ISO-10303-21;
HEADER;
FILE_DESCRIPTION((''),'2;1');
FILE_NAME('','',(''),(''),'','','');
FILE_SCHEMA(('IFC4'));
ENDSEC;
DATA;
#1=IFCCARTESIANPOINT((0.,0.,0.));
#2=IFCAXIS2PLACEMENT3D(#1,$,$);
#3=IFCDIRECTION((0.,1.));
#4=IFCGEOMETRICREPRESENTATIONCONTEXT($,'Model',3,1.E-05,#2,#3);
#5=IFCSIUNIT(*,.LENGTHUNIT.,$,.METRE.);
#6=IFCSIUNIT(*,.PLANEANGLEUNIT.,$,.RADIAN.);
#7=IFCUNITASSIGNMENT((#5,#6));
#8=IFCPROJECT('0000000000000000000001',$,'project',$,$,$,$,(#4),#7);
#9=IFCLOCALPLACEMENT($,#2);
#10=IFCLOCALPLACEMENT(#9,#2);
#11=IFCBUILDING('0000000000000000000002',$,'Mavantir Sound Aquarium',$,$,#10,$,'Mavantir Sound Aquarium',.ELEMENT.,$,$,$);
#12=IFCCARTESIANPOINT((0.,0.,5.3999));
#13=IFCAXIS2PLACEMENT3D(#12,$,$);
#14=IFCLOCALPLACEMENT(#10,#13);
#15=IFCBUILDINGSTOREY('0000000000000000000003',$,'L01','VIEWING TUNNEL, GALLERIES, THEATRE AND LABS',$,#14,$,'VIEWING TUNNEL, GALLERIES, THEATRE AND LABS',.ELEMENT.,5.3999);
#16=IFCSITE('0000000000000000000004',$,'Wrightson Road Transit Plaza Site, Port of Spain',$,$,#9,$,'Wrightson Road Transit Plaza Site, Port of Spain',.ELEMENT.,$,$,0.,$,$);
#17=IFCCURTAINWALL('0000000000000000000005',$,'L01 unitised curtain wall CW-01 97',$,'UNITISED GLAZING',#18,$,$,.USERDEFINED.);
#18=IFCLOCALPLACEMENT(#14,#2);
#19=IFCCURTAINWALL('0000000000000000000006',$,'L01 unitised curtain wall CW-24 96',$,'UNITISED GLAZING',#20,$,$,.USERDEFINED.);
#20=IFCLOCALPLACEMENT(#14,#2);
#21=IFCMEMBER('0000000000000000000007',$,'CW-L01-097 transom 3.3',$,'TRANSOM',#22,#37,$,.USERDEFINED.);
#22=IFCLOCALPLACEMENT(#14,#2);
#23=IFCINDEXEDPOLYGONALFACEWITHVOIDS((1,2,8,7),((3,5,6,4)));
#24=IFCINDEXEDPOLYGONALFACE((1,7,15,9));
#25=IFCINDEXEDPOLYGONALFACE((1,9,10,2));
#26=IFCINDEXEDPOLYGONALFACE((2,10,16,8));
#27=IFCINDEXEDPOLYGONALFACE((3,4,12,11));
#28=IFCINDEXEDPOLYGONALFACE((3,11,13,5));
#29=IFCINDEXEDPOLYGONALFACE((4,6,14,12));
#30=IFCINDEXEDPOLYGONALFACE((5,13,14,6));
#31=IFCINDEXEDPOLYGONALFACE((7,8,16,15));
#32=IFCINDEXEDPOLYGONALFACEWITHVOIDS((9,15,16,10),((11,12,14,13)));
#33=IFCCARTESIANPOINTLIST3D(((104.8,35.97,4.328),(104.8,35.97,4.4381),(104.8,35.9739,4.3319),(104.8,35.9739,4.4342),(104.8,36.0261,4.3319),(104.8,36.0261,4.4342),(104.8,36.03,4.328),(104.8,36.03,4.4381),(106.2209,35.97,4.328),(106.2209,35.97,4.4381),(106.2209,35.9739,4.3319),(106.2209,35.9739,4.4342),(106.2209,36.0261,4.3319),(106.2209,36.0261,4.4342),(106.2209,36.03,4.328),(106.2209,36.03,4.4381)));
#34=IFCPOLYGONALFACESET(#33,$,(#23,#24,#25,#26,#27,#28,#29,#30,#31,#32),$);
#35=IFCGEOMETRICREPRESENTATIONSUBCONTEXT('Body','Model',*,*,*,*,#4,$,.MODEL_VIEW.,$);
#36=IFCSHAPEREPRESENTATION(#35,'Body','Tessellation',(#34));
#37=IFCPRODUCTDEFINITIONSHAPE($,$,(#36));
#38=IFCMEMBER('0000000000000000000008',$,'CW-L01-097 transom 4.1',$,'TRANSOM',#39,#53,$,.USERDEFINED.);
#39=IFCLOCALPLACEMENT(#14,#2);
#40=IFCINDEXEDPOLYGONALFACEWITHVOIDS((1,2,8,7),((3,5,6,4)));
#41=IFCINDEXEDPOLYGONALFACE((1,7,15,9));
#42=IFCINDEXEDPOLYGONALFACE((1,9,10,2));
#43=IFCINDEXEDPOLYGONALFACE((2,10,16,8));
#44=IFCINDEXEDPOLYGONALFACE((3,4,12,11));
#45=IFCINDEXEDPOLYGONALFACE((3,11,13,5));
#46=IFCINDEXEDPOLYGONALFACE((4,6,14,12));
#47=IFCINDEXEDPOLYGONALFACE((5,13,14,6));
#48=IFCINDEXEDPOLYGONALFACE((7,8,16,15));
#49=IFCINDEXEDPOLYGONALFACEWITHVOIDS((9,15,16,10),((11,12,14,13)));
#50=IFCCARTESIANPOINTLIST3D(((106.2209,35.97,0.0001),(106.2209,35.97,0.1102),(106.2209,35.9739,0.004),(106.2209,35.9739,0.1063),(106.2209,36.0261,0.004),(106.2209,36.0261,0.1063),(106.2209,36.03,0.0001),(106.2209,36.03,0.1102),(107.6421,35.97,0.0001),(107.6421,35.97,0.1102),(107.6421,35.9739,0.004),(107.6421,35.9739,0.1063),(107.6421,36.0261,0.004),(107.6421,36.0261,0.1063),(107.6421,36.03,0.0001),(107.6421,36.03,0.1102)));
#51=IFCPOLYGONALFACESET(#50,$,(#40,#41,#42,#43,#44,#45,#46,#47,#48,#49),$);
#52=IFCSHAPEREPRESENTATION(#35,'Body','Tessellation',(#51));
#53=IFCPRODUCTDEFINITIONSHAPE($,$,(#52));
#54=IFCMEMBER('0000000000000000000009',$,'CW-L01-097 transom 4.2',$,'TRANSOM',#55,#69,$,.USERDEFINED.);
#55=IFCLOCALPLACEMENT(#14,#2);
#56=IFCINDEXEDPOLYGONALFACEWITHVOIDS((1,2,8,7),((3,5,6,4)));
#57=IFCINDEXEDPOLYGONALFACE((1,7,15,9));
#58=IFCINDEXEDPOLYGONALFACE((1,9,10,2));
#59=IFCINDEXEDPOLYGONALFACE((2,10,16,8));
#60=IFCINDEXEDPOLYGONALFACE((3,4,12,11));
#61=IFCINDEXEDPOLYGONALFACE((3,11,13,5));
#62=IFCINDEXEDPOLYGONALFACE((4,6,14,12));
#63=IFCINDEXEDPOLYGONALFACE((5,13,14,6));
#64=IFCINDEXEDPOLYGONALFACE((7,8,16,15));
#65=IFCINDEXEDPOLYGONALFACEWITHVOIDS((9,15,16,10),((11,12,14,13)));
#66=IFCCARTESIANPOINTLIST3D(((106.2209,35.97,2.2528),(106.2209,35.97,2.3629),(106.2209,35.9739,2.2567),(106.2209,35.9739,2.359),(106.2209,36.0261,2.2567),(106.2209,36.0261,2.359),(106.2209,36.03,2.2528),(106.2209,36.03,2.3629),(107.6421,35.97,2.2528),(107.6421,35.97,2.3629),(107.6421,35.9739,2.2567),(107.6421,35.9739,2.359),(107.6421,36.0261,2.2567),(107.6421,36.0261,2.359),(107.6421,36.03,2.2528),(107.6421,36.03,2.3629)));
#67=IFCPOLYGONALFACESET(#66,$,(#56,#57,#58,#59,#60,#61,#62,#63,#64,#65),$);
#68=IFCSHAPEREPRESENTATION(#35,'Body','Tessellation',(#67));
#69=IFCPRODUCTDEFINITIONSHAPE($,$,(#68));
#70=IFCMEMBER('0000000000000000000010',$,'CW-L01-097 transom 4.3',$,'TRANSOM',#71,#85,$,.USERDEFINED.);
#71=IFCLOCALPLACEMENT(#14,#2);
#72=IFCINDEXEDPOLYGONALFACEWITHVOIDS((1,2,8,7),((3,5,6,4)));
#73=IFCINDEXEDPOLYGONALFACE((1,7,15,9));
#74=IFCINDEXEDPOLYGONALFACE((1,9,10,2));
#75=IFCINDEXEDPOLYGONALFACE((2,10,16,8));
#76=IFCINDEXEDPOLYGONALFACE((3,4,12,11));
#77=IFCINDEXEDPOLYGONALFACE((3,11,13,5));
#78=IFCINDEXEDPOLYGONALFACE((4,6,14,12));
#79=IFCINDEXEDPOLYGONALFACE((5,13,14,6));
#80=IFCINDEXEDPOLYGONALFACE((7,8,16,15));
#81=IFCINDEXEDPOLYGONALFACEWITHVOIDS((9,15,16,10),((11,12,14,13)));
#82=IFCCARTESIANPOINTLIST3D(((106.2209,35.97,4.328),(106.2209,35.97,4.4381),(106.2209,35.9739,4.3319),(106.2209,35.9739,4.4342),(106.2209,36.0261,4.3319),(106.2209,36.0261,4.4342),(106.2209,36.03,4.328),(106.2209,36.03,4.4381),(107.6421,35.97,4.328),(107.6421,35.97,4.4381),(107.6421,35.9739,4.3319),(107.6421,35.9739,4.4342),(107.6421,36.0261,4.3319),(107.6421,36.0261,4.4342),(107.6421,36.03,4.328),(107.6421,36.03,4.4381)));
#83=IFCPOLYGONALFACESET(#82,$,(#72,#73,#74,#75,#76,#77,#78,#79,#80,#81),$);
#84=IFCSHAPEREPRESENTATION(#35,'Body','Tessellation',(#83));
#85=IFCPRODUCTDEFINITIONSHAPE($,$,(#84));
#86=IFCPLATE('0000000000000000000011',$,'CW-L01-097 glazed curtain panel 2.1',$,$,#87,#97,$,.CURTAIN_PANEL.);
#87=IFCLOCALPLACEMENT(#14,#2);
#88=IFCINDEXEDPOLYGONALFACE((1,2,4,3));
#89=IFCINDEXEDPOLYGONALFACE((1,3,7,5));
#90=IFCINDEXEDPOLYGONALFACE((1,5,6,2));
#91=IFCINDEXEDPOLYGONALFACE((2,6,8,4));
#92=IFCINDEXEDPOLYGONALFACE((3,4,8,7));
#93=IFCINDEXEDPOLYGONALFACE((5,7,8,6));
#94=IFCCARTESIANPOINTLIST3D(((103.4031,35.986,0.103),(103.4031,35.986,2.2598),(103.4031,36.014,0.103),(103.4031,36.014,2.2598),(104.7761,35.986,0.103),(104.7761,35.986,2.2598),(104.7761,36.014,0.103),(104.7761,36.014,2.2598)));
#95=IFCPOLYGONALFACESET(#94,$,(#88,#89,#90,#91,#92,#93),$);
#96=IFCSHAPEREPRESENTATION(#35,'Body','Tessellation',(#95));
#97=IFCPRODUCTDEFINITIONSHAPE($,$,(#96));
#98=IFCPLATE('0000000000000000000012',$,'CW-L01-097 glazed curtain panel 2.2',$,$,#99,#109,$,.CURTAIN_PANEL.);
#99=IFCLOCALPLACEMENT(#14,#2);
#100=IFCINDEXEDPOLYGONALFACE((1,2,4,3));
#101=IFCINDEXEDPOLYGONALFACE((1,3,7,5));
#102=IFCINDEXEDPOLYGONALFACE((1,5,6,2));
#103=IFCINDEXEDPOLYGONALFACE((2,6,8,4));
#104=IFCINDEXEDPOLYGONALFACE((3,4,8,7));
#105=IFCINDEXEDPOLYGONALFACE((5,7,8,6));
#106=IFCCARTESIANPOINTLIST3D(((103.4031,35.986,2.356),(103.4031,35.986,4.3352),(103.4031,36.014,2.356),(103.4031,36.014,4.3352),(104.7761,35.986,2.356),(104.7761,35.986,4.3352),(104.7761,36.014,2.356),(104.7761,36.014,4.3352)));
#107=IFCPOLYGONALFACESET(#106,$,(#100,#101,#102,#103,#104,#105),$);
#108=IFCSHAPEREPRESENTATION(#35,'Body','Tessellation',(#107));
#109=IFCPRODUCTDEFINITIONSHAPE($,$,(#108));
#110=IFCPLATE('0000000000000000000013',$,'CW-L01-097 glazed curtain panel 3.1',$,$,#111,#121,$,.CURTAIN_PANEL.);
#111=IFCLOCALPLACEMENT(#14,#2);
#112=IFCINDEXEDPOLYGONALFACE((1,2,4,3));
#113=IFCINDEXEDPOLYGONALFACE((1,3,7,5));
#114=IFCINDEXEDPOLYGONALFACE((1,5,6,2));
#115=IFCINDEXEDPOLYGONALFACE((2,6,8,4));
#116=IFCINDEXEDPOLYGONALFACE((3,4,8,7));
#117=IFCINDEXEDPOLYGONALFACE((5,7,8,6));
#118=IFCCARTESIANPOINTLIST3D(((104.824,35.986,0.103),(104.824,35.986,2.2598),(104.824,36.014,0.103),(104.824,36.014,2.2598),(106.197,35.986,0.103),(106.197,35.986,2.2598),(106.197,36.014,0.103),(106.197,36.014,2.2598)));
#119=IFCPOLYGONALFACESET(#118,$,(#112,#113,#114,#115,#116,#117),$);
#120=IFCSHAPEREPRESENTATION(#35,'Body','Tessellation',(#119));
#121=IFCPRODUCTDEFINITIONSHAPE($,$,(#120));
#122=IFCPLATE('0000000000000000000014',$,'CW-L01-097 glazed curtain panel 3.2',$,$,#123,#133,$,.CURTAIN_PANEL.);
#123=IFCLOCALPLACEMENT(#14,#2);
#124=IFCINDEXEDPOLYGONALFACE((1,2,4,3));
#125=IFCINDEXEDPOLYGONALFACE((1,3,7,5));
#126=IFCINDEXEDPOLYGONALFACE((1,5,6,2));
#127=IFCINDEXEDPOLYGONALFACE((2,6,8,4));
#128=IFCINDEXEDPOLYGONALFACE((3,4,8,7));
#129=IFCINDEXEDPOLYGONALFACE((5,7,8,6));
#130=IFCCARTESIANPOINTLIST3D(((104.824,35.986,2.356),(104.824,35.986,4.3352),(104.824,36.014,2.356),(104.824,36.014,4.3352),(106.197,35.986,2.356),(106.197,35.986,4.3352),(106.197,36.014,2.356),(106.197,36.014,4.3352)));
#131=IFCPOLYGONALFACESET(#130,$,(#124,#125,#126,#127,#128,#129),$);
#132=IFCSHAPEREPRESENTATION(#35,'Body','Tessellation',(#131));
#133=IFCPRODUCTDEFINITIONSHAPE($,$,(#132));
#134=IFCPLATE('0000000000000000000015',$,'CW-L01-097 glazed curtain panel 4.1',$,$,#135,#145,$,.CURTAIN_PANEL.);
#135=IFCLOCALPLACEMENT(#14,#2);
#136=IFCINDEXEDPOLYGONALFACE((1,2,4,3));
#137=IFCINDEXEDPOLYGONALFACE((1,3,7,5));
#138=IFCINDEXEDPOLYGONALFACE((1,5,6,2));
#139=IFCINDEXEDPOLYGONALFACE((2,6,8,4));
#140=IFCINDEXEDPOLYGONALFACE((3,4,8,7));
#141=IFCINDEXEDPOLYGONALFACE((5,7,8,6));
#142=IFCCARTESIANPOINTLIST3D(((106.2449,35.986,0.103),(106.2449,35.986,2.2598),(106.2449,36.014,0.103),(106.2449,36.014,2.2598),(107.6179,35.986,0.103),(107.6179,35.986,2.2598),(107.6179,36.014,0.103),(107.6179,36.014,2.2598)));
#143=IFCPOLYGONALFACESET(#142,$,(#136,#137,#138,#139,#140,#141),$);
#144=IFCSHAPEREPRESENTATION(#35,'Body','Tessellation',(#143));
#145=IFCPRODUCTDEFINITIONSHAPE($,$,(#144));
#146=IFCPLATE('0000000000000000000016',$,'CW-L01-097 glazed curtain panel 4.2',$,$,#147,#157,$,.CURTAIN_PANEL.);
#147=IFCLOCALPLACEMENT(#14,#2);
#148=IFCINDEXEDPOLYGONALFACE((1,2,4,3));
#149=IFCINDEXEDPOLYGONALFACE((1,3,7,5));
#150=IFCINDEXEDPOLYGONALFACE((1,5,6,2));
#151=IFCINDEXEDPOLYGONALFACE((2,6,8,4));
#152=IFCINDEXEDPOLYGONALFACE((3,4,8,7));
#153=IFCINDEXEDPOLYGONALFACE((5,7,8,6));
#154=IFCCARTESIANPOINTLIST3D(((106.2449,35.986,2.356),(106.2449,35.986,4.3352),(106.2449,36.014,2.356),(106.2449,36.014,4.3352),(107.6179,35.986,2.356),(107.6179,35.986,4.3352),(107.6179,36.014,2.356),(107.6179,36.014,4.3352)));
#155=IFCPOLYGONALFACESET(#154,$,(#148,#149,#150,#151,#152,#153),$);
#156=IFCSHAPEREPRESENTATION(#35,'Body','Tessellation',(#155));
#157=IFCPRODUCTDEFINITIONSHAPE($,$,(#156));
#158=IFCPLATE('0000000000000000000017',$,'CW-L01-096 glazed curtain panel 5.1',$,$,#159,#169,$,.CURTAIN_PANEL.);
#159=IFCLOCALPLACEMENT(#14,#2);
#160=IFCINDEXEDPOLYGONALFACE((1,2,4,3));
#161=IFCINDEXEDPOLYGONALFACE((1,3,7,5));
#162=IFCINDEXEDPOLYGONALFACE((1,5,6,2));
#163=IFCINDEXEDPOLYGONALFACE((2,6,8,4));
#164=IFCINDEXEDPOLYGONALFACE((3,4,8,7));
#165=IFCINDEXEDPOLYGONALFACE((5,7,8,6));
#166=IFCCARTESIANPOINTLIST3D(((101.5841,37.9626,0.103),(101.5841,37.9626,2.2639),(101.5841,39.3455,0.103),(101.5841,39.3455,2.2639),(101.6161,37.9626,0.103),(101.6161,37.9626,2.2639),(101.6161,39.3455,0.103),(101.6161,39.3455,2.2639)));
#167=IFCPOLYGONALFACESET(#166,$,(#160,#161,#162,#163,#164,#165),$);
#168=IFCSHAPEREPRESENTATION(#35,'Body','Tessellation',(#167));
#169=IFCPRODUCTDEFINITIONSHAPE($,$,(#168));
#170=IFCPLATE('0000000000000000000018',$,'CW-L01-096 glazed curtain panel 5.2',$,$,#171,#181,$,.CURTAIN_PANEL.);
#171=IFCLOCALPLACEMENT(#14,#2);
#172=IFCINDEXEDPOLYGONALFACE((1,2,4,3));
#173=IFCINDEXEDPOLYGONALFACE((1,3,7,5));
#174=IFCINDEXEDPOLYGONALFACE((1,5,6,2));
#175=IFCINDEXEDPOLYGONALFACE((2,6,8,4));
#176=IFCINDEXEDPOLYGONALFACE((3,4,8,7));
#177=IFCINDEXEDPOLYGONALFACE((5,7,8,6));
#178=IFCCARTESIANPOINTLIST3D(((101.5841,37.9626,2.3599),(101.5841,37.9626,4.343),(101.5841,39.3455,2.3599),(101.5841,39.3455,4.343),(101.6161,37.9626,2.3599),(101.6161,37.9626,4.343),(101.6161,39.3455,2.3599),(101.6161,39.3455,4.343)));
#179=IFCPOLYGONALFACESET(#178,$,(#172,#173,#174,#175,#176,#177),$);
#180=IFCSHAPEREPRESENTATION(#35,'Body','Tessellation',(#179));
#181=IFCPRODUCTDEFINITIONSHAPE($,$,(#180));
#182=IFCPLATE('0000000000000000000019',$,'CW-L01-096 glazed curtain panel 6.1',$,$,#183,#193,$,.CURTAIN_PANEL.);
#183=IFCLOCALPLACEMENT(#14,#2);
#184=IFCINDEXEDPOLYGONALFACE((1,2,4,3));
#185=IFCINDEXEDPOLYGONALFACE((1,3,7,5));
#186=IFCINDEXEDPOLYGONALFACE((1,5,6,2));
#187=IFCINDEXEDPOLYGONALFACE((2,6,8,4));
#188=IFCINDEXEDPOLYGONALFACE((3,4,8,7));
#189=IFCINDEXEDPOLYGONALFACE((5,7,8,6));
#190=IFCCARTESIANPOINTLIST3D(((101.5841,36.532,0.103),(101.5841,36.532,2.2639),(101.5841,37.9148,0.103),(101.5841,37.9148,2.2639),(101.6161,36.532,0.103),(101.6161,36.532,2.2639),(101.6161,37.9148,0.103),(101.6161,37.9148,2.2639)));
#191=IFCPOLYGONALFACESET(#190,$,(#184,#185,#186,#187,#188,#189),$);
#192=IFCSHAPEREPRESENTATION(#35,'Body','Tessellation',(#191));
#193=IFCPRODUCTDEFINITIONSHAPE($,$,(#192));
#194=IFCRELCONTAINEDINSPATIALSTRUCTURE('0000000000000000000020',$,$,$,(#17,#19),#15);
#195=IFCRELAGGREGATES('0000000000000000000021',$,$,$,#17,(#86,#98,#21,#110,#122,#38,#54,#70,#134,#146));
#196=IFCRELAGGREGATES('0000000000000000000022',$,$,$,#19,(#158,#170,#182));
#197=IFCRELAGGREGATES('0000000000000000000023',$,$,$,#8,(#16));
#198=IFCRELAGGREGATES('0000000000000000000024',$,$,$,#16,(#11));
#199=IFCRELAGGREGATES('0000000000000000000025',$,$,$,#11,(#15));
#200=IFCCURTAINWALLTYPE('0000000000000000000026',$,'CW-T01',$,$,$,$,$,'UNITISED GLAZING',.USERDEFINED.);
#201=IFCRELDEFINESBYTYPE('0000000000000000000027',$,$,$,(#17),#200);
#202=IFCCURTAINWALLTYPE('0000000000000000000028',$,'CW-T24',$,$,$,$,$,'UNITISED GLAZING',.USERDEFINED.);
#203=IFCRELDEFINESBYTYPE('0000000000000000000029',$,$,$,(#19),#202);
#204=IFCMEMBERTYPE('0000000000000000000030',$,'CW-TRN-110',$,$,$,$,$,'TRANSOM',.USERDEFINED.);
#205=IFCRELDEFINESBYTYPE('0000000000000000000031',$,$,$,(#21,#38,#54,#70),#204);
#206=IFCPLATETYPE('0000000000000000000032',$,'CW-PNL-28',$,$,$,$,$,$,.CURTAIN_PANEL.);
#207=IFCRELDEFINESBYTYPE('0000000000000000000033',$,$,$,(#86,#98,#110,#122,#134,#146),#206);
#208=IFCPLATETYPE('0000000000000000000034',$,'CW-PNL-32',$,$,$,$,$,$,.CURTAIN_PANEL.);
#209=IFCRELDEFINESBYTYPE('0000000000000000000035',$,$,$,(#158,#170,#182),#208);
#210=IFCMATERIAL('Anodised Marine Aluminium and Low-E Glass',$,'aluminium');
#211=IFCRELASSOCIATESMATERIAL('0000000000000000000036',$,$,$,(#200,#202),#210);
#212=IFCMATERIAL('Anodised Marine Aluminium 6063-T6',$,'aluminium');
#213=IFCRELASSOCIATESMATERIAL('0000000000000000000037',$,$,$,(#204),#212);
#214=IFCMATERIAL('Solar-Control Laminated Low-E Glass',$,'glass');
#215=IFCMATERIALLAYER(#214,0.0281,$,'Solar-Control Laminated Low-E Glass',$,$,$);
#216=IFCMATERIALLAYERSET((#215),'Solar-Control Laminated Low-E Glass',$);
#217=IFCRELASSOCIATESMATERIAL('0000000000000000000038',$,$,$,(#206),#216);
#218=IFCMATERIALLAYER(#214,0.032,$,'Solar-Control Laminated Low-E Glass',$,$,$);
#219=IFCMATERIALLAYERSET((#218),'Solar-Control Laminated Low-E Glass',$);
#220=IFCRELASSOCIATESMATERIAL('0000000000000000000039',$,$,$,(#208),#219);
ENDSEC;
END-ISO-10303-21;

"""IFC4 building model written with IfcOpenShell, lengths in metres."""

from ifc_helpers import new_model, si_unit, direction, frame, origin, origin_2d, place, context, subcontext, project, spatial, rectangle, hollow_rectangle, extrude, material, layer, layer_set, material_profile, profile_set, type_object, element, aggregate, save


model = new_model("IFC4")

# Units and contexts
model_context = context("Model", 3, precision=1e-05, world=origin(), true_north=direction((0.0, 1.0)))
body_context = subcontext(model_context, "Body", "Model", "MODEL_VIEW")
ifc_project = project(units=[si_unit("LENGTHUNIT", "METRE"), si_unit("PLANEANGLEUNIT", "RADIAN")], contexts=[model_context])

# Site, building, storey
site_placement = place(None, origin())
site = spatial("IfcSite", under=ifc_project, at=site_placement, Name="Wrightson Road Transit Plaza Site, Port of Spain", LongName="Wrightson Road Transit Plaza Site, Port of Spain", CompositionType="ELEMENT", RefElevation=0.0)
building_placement = place(site_placement, origin())
building = spatial("IfcBuilding", under=site, at=building_placement, Name="Mavantir Sound Aquarium", LongName="Mavantir Sound Aquarium", CompositionType="ELEMENT")
storey_placement = place(building_placement, frame((0.0, 0.0, 5.3999)))
storey = spatial("IfcBuildingStorey", under=building, at=storey_placement, Name="L01", Description="VIEWING TUNNEL, GALLERIES, THEATRE AND LABS", LongName="VIEWING TUNNEL, GALLERIES, THEATRE AND LABS", CompositionType="ELEMENT", Elevation=5.3999)

# Curtain walls
ifc_material_1 = material(Name="Anodised Marine Aluminium and Low-E Glass", Category="aluminium")
curtain_wall_type_1 = type_object("IfcCurtainWallType", Name="CW-T01", ElementType="UNITISED GLAZING", PredefinedType="USERDEFINED", material=ifc_material_1)
curtain_wall_1_placement = place(storey_placement, origin())
curtain_wall_1 = element("IfcCurtainWall", 1, at=curtain_wall_1_placement, inside=storey, type_object=curtain_wall_type_1, Name="L01 unitised curtain wall CW-01 97", ObjectType="UNITISED GLAZING", PredefinedType="USERDEFINED")
ifc_material_2 = material(Name="Anodised Marine Aluminium 6063-T6", Category="aluminium")
curtain_wall_type_2 = type_object("IfcCurtainWallType", Name="CW-T24", ElementType="UNITISED GLAZING", PredefinedType="USERDEFINED", material=ifc_material_1)
curtain_wall_2_placement = place(storey_placement, origin())
curtain_wall_2 = element("IfcCurtainWall", 2, at=curtain_wall_2_placement, inside=storey, type_object=curtain_wall_type_2, Name="L01 unitised curtain wall CW-24 96", ObjectType="UNITISED GLAZING", PredefinedType="USERDEFINED")
ifc_material_profile_1 = material_profile(ifc_material_2, hollow_rectangle(XDim=0.0601, YDim=0.1101, WallThickness=0.0039, at=origin_2d()), Name="ALU-TRANSOM-110X60")
ifc_profile_set_1 = profile_set([ifc_material_profile_1], Name="Anodised Marine Aluminium 6063-T6")
member_type_1 = type_object("IfcMemberType", Name="CW-TRN-110", ElementType="TRANSOM", PredefinedType="USERDEFINED", material=ifc_profile_set_1)

# Members
member_1_placement = place(storey_placement, frame((104.8, 36.0, 4.3831), z_axis=(1.0, 0.0, 0.0), x_axis=(0.0, 1.0, 0.0)))
member_1 = element("IfcMember", 3, at=member_1_placement, type_object=member_type_1, Name="CW-L01-097 transom 3.3", ObjectType="TRANSOM", PredefinedType="USERDEFINED", context=body_context, shape_type="SweptSolid", body=[
    extrude(hollow_rectangle(XDim=0.0601, YDim=0.1101, WallThickness=0.0039, at=origin_2d()), origin(), (0.0, 0.0, 1.0), 1.4209),
])
member_2_placement = place(storey_placement, frame((106.2209, 36.0, 0.0552), z_axis=(1.0, 0.0, 0.0), x_axis=(0.0, 1.0, 0.0)))
member_2 = element("IfcMember", 4, at=member_2_placement, type_object=member_type_1, Name="CW-L01-097 transom 4.1", ObjectType="TRANSOM", PredefinedType="USERDEFINED", context=body_context, shape_type="SweptSolid", body=[
    extrude(hollow_rectangle(XDim=0.0601, YDim=0.1101, WallThickness=0.0039, at=origin_2d()), origin(), (0.0, 0.0, 1.0), 1.4211),
])
member_3_placement = place(storey_placement, frame((106.2209, 36.0, 2.3079), z_axis=(1.0, 0.0, 0.0), x_axis=(0.0, 1.0, 0.0)))
member_3 = element("IfcMember", 5, at=member_3_placement, type_object=member_type_1, Name="CW-L01-097 transom 4.2", ObjectType="TRANSOM", PredefinedType="USERDEFINED", context=body_context, shape_type="SweptSolid", body=[
    extrude(hollow_rectangle(XDim=0.0601, YDim=0.1101, WallThickness=0.0039, at=origin_2d()), origin(), (0.0, 0.0, 1.0), 1.4211),
])
member_4_placement = place(storey_placement, frame((106.2209, 36.0, 4.3831), z_axis=(1.0, 0.0, 0.0), x_axis=(0.0, 1.0, 0.0)))
member_4 = element("IfcMember", 6, at=member_4_placement, type_object=member_type_1, Name="CW-L01-097 transom 4.3", ObjectType="TRANSOM", PredefinedType="USERDEFINED", context=body_context, shape_type="SweptSolid", body=[
    extrude(hollow_rectangle(XDim=0.0601, YDim=0.1101, WallThickness=0.0039, at=origin_2d()), origin(), (0.0, 0.0, 1.0), 1.4211),
])

# Plates
ifc_material_3 = material(Name="Solar-Control Laminated Low-E Glass", Category="glass")
ifc_layer_1 = layer(ifc_material_3, 0.0281, Name="Solar-Control Laminated Low-E Glass")
ifc_layer_set_1 = layer_set([ifc_layer_1], Name="Solar-Control Laminated Low-E Glass")
plate_type_1 = type_object("IfcPlateType", Name="CW-PNL-28", PredefinedType="CURTAIN_PANEL", material=ifc_layer_set_1)
plate_1_placement = place(storey_placement, frame((104.0896, 36.0, 0.103), z_axis=(0.0, 0.0, 1.0), x_axis=(1.0, 0.0, 0.0)))
plate_1 = element("IfcPlate", 7, at=plate_1_placement, type_object=plate_type_1, Name="CW-L01-097 glazed curtain panel 2.1", PredefinedType="CURTAIN_PANEL", context=body_context, shape_type="SweptSolid", body=[
    extrude(rectangle(XDim=1.373, YDim=0.0281, at=origin_2d()), origin(), (0.0, 0.0, 1.0), 2.1567),
])
plate_2_placement = place(storey_placement, frame((104.0896, 36.0, 2.356), z_axis=(0.0, 0.0, 1.0), x_axis=(1.0, 0.0, 0.0)))
plate_2 = element("IfcPlate", 8, at=plate_2_placement, type_object=plate_type_1, Name="CW-L01-097 glazed curtain panel 2.2", PredefinedType="CURTAIN_PANEL", context=body_context, shape_type="SweptSolid", body=[
    extrude(rectangle(XDim=1.373, YDim=0.0281, at=origin_2d()), origin(), (0.0, 0.0, 1.0), 1.9792),
])
plate_3_placement = place(storey_placement, frame((105.5105, 36.0, 0.103), z_axis=(0.0, 0.0, 1.0), x_axis=(1.0, 0.0, 0.0)))
plate_3 = element("IfcPlate", 9, at=plate_3_placement, type_object=plate_type_1, Name="CW-L01-097 glazed curtain panel 3.1", PredefinedType="CURTAIN_PANEL", context=body_context, shape_type="SweptSolid", body=[
    extrude(rectangle(XDim=1.373, YDim=0.0281, at=origin_2d()), origin(), (0.0, 0.0, 1.0), 2.1567),
])
plate_4_placement = place(storey_placement, frame((105.5105, 36.0, 2.356), z_axis=(0.0, 0.0, 1.0), x_axis=(1.0, 0.0, 0.0)))
plate_4 = element("IfcPlate", 10, at=plate_4_placement, type_object=plate_type_1, Name="CW-L01-097 glazed curtain panel 3.2", PredefinedType="CURTAIN_PANEL", context=body_context, shape_type="SweptSolid", body=[
    extrude(rectangle(XDim=1.373, YDim=0.0281, at=origin_2d()), origin(), (0.0, 0.0, 1.0), 1.9792),
])
plate_5_placement = place(storey_placement, frame((106.9314, 36.0, 0.103), z_axis=(0.0, 0.0, 1.0), x_axis=(1.0, 0.0, 0.0)))
plate_5 = element("IfcPlate", 11, at=plate_5_placement, type_object=plate_type_1, Name="CW-L01-097 glazed curtain panel 4.1", PredefinedType="CURTAIN_PANEL", context=body_context, shape_type="SweptSolid", body=[
    extrude(rectangle(XDim=1.373, YDim=0.0281, at=origin_2d()), origin(), (0.0, 0.0, 1.0), 2.1567),
])
plate_6_placement = place(storey_placement, frame((106.9314, 36.0, 2.356), z_axis=(0.0, 0.0, 1.0), x_axis=(1.0, 0.0, 0.0)))
plate_6 = element("IfcPlate", 12, at=plate_6_placement, type_object=plate_type_1, Name="CW-L01-097 glazed curtain panel 4.2", PredefinedType="CURTAIN_PANEL", context=body_context, shape_type="SweptSolid", body=[
    extrude(rectangle(XDim=1.373, YDim=0.0281, at=origin_2d()), origin(), (0.0, 0.0, 1.0), 1.9792),
])
aggregate(curtain_wall_1, [plate_1, plate_2, member_1, plate_3, plate_4, member_2, member_3, member_4, plate_5, plate_6])
ifc_layer_2 = layer(ifc_material_3, 0.032, Name="Solar-Control Laminated Low-E Glass")
ifc_layer_set_2 = layer_set([ifc_layer_2], Name="Solar-Control Laminated Low-E Glass")
plate_type_2 = type_object("IfcPlateType", Name="CW-PNL-32", PredefinedType="CURTAIN_PANEL", material=ifc_layer_set_2)
plate_7_placement = place(storey_placement, frame((101.6001, 38.6541, 0.103), z_axis=(0.0, 0.0, 1.0), x_axis=(0.0, -1.0, 0.0)))
plate_7 = element("IfcPlate", 13, at=plate_7_placement, type_object=plate_type_2, Name="CW-L01-096 glazed curtain panel 5.1", PredefinedType="CURTAIN_PANEL", context=body_context, shape_type="SweptSolid", body=[
    extrude(rectangle(XDim=1.3828, YDim=0.032, at=origin_2d()), origin(), (0.0, 0.0, 1.0), 2.1609),
])
plate_8_placement = place(storey_placement, frame((101.6001, 38.6541, 2.3599), z_axis=(0.0, 0.0, 1.0), x_axis=(0.0, -1.0, 0.0)))
plate_8 = element("IfcPlate", 14, at=plate_8_placement, type_object=plate_type_2, Name="CW-L01-096 glazed curtain panel 5.2", PredefinedType="CURTAIN_PANEL", context=body_context, shape_type="SweptSolid", body=[
    extrude(rectangle(XDim=1.3828, YDim=0.032, at=origin_2d()), origin(), (0.0, 0.0, 1.0), 1.9832),
])
plate_9_placement = place(storey_placement, frame((101.6001, 37.2234, 0.103), z_axis=(0.0, 0.0, 1.0), x_axis=(0.0, -1.0, 0.0)))
plate_9 = element("IfcPlate", 15, at=plate_9_placement, type_object=plate_type_2, Name="CW-L01-096 glazed curtain panel 6.1", PredefinedType="CURTAIN_PANEL", context=body_context, shape_type="SweptSolid", body=[
    extrude(rectangle(XDim=1.3828, YDim=0.032, at=origin_2d()), origin(), (0.0, 0.0, 1.0), 2.1609),
])
aggregate(curtain_wall_2, [plate_7, plate_8, plate_9])

save(model, "model.ifc")
